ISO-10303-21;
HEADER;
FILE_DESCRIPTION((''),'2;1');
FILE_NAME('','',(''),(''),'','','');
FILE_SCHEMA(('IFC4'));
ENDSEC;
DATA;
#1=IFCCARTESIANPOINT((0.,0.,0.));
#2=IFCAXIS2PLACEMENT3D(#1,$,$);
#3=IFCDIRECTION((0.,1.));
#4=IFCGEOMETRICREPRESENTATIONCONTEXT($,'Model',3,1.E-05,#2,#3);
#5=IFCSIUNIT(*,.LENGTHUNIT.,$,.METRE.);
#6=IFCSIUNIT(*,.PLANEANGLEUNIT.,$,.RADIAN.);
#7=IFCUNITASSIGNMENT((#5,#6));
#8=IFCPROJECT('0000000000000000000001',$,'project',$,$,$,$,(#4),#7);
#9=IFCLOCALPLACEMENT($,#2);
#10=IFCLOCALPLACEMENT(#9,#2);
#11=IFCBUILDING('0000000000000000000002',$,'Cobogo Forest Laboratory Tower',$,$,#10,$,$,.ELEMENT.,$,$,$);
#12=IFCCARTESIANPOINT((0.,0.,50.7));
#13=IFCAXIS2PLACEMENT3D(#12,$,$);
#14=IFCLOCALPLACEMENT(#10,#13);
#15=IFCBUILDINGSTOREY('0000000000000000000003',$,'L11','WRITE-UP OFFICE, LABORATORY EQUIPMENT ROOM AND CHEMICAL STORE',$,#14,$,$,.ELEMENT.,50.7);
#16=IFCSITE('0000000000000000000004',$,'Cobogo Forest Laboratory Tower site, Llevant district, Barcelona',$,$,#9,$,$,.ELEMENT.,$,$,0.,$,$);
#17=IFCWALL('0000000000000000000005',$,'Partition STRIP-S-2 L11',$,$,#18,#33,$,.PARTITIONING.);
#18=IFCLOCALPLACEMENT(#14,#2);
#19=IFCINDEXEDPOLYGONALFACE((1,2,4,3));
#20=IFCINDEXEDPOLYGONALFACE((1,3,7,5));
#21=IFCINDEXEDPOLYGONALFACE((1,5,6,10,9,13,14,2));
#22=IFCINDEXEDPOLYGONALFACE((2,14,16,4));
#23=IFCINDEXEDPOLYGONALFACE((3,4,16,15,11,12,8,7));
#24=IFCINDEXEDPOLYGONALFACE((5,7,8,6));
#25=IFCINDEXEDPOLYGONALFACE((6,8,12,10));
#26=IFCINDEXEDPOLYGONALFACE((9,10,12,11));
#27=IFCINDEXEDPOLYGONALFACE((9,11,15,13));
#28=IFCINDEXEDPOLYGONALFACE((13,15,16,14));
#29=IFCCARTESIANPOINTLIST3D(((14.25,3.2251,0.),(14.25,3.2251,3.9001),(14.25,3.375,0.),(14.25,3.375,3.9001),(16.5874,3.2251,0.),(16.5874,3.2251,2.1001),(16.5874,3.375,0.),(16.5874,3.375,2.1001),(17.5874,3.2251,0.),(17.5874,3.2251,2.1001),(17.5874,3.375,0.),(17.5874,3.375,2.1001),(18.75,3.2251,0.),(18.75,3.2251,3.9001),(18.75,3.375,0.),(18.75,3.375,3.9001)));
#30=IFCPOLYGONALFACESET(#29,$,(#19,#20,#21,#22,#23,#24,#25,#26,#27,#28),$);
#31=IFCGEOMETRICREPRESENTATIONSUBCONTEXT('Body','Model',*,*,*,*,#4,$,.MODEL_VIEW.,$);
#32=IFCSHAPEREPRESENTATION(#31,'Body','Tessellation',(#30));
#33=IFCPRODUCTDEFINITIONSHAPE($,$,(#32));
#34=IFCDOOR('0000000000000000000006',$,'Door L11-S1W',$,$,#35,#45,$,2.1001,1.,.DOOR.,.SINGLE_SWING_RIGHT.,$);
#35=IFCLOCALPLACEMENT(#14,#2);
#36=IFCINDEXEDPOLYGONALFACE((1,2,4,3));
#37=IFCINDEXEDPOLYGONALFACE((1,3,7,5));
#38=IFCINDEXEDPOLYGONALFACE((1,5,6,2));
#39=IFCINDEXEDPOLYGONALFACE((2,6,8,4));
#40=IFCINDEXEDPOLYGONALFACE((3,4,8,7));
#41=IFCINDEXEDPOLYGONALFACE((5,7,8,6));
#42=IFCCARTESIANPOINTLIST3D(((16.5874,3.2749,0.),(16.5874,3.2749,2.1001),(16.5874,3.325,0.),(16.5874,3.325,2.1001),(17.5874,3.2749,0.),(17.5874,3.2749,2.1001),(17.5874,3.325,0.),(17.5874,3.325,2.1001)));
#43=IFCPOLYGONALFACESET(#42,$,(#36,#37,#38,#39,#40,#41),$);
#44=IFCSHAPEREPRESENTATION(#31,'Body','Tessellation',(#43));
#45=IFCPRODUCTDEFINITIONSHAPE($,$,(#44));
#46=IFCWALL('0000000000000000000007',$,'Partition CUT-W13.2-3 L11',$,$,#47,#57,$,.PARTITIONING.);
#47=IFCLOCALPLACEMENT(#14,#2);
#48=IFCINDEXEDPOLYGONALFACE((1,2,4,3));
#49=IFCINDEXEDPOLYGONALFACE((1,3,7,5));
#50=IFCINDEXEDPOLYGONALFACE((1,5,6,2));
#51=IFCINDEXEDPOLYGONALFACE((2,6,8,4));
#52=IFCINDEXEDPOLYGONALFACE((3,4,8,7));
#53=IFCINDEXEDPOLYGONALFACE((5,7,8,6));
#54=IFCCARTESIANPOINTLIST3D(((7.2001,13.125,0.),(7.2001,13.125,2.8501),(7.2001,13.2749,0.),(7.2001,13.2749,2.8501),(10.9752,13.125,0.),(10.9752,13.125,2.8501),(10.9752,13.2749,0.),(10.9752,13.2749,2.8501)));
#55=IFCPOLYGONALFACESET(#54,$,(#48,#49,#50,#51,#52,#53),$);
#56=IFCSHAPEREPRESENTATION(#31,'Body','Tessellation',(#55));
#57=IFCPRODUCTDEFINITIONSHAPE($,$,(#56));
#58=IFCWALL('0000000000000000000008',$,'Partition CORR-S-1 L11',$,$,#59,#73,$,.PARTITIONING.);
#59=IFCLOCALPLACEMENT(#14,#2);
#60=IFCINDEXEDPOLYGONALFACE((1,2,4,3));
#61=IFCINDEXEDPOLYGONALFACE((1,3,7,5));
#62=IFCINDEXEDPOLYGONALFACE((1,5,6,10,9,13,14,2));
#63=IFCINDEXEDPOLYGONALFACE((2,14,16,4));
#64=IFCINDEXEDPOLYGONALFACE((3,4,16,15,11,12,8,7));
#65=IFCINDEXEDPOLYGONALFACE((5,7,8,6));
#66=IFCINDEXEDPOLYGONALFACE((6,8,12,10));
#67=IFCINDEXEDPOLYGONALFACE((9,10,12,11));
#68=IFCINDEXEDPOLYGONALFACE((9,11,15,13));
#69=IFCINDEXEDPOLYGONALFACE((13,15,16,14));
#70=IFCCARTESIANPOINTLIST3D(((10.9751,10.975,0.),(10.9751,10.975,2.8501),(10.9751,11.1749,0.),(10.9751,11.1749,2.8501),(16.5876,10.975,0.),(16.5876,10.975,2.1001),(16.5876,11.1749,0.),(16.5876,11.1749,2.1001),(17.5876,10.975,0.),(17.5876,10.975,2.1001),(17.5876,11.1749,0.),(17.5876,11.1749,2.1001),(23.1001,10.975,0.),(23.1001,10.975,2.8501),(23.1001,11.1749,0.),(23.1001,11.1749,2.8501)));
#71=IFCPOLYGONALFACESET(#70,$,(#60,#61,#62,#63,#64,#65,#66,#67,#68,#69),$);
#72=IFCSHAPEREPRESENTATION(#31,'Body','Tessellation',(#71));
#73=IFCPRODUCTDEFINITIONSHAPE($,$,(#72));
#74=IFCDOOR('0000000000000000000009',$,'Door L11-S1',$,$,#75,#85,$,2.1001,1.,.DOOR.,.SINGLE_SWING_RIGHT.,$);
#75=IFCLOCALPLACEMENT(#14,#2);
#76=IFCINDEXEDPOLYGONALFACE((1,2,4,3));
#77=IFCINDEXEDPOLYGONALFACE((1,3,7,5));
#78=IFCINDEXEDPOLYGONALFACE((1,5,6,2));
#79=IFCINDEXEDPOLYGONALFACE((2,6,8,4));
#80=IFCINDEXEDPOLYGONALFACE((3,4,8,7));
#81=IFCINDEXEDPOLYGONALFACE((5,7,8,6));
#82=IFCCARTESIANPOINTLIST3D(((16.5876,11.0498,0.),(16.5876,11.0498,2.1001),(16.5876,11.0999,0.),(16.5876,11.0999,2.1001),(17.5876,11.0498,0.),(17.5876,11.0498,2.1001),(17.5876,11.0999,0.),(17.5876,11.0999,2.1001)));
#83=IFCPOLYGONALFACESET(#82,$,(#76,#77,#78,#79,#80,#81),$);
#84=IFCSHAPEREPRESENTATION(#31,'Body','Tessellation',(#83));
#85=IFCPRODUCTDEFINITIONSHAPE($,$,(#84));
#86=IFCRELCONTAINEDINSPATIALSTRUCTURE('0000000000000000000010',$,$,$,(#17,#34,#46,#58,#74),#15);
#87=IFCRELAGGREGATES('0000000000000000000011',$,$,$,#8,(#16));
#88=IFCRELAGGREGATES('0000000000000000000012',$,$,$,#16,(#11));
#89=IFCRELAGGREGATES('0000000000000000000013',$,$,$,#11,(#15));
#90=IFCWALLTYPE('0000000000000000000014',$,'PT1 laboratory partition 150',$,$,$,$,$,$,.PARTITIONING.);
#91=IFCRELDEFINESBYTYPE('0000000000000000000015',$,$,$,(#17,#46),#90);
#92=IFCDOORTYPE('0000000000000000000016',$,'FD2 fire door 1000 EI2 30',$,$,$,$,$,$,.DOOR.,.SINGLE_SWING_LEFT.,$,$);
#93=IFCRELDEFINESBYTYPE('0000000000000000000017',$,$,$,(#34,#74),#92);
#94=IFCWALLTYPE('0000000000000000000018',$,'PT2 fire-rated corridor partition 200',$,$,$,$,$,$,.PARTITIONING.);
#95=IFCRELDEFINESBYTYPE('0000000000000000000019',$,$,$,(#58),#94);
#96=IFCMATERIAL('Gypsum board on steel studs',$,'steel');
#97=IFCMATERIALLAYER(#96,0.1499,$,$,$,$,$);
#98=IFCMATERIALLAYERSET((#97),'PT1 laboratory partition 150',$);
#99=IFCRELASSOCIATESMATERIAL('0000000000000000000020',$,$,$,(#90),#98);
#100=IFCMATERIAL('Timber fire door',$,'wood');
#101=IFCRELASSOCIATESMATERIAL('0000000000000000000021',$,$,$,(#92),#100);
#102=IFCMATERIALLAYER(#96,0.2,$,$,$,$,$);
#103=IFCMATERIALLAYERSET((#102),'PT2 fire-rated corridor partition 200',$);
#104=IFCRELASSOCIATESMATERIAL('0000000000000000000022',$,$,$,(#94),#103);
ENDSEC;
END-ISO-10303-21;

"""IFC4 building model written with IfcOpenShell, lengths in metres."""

from ifc_helpers import new_model, si_unit, direction, frame, frame_2d, origin, place, context, subcontext, project, spatial, rectangle, extrude, material, layer, layer_set, type_object, element, fill, save


model = new_model("IFC4")

# Units and contexts
model_context = context("Model", 3, precision=1e-05, world=origin(), true_north=direction((0.0, 1.0)))
body_context = subcontext(model_context, "Body", "Model", "MODEL_VIEW")
ifc_project = project(units=[si_unit("LENGTHUNIT", "METRE"), si_unit("PLANEANGLEUNIT", "RADIAN")], contexts=[model_context])

# Site, building, storey
site_placement = place(None, origin())
site = spatial("IfcSite", under=ifc_project, at=site_placement, Name="Cobogo Forest Laboratory Tower site, Llevant district, Barcelona", CompositionType="ELEMENT", RefElevation=0.0)
building_placement = place(site_placement, origin())
building = spatial("IfcBuilding", under=site, at=building_placement, Name="Cobogo Forest Laboratory Tower", CompositionType="ELEMENT")
storey_placement = place(building_placement, frame((0.0, 0.0, 50.7)))
storey = spatial("IfcBuildingStorey", under=building, at=storey_placement, Name="L11", Description="WRITE-UP OFFICE, LABORATORY EQUIPMENT ROOM AND CHEMICAL STORE", CompositionType="ELEMENT", Elevation=50.7)

# Shared definitions
ifc_material_1 = material(Name="Gypsum board on steel studs", Category="steel")
ifc_layer_1 = layer(ifc_material_1, 0.1499)
ifc_layer_set_1 = layer_set([ifc_layer_1], Name="PT1 laboratory partition 150")
wall_type_1 = type_object("IfcWallType", Name="PT1 laboratory partition 150", PredefinedType="PARTITIONING", material=ifc_layer_set_1)

# Wall, opening, door
wall_1_placement = place(storey_placement, frame((14.25, 3.3, 0.0), z_axis=(0.0, 0.0, 1.0), x_axis=(1.0, 0.0, 0.0)))
wall_1 = element("IfcWall", 1, at=wall_1_placement, inside=storey, type_object=wall_type_1, Name="Partition STRIP-S-2 L11", PredefinedType="PARTITIONING", context=body_context, shape_type="SweptSolid", body=[
    extrude(rectangle(XDim=4.5, YDim=0.1499, at=frame_2d((2.25, 0.0))), origin(), (0.0, 0.0, 1.0), 3.9001),
])
opening_1_placement = place(wall_1_placement, frame((2.3374, 0.0, 0.0)))
opening_1 = element("IfcOpeningElement", 2, at=opening_1_placement, cuts=wall_1, PredefinedType="OPENING", context=body_context, shape_type="SweptSolid", body=[
    extrude(rectangle(XDim=1.0, YDim=2.1001, at=frame_2d((0.5, 1.05))), frame((0.0, 0.085, 0.0), z_axis=(0.0, -1.0, 0.0), x_axis=(1.0, 0.0, 0.0)), (0.0, 0.0, 1.0), 0.1699),
])
ifc_material_2 = material(Name="Timber fire door", Category="wood")
door_type_1 = type_object("IfcDoorType", Name="FD2 fire door 1000 EI2 30", OperationType="SINGLE_SWING_LEFT", PredefinedType="DOOR", material=ifc_material_2)
door_1_placement = place(opening_1_placement, origin())
door_1 = element("IfcDoor", 3, at=door_1_placement, inside=storey, type_object=door_type_1, Name="Door L11-S1W", OperationType="SINGLE_SWING_RIGHT", OverallHeight=2.1001, OverallWidth=1.0, PredefinedType="DOOR", context=body_context, shape_type="SweptSolid", body=[
    extrude(rectangle(XDim=1.0, YDim=2.1001, at=frame_2d((0.5, 1.05))), frame((0.0, 0.0249, 0.0), z_axis=(0.0, -1.0, 0.0), x_axis=(1.0, 0.0, 0.0)), (0.0, 0.0, 1.0), 0.05),
])
fill(opening_1, door_1)

# Wall
wall_2_placement = place(storey_placement, frame((7.2, 13.2, 0.0), z_axis=(0.0, 0.0, 1.0), x_axis=(1.0, 0.0, 0.0)))
element("IfcWall", 4, at=wall_2_placement, inside=storey, type_object=wall_type_1, Name="Partition CUT-W13.2-3 L11", PredefinedType="PARTITIONING", context=body_context, shape_type="SweptSolid", body=[
    extrude(rectangle(XDim=3.7751, YDim=0.1499, at=frame_2d((1.8877, 0.0))), origin(), (0.0, 0.0, 1.0), 2.8501),
])

# Wall, opening, door
ifc_layer_2 = layer(ifc_material_1, 0.2)
ifc_layer_set_2 = layer_set([ifc_layer_2], Name="PT2 fire-rated corridor partition 200")
wall_type_2 = type_object("IfcWallType", Name="PT2 fire-rated corridor partition 200", PredefinedType="PARTITIONING", material=ifc_layer_set_2)
wall_3_placement = place(storey_placement, frame((10.9751, 11.075, 0.0), z_axis=(0.0, 0.0, 1.0), x_axis=(1.0, 0.0, 0.0)))
wall_3 = element("IfcWall", 5, at=wall_3_placement, inside=storey, type_object=wall_type_2, Name="Partition CORR-S-1 L11", PredefinedType="PARTITIONING", context=body_context, shape_type="SweptSolid", body=[
    extrude(rectangle(XDim=12.125, YDim=0.2, at=frame_2d((6.0625, 0.0))), origin(), (0.0, 0.0, 1.0), 2.8501),
])
opening_2_placement = place(wall_3_placement, frame((5.6125, 0.0, 0.0)))
opening_2 = element("IfcOpeningElement", 6, at=opening_2_placement, cuts=wall_3, PredefinedType="OPENING", context=body_context, shape_type="SweptSolid", body=[
    extrude(rectangle(XDim=1.0, YDim=2.1001, at=frame_2d((0.5, 1.05))), frame((0.0, 0.1099, 0.0), z_axis=(0.0, -1.0, 0.0), x_axis=(1.0, 0.0, 0.0)), (0.0, 0.0, 1.0), 0.22),
])
door_2_placement = place(opening_2_placement, origin())
door_2 = element("IfcDoor", 7, at=door_2_placement, inside=storey, type_object=door_type_1, Name="Door L11-S1", OperationType="SINGLE_SWING_RIGHT", OverallHeight=2.1001, OverallWidth=1.0, PredefinedType="DOOR", context=body_context, shape_type="SweptSolid", body=[
    extrude(rectangle(XDim=1.0, YDim=2.1001, at=frame_2d((0.5, 1.05))), frame((0.0, 0.0249, 0.0), z_axis=(0.0, -1.0, 0.0), x_axis=(1.0, 0.0, 0.0)), (0.0, 0.0, 1.0), 0.05),
])
fill(opening_2, door_2)

save(model, "model.ifc")
